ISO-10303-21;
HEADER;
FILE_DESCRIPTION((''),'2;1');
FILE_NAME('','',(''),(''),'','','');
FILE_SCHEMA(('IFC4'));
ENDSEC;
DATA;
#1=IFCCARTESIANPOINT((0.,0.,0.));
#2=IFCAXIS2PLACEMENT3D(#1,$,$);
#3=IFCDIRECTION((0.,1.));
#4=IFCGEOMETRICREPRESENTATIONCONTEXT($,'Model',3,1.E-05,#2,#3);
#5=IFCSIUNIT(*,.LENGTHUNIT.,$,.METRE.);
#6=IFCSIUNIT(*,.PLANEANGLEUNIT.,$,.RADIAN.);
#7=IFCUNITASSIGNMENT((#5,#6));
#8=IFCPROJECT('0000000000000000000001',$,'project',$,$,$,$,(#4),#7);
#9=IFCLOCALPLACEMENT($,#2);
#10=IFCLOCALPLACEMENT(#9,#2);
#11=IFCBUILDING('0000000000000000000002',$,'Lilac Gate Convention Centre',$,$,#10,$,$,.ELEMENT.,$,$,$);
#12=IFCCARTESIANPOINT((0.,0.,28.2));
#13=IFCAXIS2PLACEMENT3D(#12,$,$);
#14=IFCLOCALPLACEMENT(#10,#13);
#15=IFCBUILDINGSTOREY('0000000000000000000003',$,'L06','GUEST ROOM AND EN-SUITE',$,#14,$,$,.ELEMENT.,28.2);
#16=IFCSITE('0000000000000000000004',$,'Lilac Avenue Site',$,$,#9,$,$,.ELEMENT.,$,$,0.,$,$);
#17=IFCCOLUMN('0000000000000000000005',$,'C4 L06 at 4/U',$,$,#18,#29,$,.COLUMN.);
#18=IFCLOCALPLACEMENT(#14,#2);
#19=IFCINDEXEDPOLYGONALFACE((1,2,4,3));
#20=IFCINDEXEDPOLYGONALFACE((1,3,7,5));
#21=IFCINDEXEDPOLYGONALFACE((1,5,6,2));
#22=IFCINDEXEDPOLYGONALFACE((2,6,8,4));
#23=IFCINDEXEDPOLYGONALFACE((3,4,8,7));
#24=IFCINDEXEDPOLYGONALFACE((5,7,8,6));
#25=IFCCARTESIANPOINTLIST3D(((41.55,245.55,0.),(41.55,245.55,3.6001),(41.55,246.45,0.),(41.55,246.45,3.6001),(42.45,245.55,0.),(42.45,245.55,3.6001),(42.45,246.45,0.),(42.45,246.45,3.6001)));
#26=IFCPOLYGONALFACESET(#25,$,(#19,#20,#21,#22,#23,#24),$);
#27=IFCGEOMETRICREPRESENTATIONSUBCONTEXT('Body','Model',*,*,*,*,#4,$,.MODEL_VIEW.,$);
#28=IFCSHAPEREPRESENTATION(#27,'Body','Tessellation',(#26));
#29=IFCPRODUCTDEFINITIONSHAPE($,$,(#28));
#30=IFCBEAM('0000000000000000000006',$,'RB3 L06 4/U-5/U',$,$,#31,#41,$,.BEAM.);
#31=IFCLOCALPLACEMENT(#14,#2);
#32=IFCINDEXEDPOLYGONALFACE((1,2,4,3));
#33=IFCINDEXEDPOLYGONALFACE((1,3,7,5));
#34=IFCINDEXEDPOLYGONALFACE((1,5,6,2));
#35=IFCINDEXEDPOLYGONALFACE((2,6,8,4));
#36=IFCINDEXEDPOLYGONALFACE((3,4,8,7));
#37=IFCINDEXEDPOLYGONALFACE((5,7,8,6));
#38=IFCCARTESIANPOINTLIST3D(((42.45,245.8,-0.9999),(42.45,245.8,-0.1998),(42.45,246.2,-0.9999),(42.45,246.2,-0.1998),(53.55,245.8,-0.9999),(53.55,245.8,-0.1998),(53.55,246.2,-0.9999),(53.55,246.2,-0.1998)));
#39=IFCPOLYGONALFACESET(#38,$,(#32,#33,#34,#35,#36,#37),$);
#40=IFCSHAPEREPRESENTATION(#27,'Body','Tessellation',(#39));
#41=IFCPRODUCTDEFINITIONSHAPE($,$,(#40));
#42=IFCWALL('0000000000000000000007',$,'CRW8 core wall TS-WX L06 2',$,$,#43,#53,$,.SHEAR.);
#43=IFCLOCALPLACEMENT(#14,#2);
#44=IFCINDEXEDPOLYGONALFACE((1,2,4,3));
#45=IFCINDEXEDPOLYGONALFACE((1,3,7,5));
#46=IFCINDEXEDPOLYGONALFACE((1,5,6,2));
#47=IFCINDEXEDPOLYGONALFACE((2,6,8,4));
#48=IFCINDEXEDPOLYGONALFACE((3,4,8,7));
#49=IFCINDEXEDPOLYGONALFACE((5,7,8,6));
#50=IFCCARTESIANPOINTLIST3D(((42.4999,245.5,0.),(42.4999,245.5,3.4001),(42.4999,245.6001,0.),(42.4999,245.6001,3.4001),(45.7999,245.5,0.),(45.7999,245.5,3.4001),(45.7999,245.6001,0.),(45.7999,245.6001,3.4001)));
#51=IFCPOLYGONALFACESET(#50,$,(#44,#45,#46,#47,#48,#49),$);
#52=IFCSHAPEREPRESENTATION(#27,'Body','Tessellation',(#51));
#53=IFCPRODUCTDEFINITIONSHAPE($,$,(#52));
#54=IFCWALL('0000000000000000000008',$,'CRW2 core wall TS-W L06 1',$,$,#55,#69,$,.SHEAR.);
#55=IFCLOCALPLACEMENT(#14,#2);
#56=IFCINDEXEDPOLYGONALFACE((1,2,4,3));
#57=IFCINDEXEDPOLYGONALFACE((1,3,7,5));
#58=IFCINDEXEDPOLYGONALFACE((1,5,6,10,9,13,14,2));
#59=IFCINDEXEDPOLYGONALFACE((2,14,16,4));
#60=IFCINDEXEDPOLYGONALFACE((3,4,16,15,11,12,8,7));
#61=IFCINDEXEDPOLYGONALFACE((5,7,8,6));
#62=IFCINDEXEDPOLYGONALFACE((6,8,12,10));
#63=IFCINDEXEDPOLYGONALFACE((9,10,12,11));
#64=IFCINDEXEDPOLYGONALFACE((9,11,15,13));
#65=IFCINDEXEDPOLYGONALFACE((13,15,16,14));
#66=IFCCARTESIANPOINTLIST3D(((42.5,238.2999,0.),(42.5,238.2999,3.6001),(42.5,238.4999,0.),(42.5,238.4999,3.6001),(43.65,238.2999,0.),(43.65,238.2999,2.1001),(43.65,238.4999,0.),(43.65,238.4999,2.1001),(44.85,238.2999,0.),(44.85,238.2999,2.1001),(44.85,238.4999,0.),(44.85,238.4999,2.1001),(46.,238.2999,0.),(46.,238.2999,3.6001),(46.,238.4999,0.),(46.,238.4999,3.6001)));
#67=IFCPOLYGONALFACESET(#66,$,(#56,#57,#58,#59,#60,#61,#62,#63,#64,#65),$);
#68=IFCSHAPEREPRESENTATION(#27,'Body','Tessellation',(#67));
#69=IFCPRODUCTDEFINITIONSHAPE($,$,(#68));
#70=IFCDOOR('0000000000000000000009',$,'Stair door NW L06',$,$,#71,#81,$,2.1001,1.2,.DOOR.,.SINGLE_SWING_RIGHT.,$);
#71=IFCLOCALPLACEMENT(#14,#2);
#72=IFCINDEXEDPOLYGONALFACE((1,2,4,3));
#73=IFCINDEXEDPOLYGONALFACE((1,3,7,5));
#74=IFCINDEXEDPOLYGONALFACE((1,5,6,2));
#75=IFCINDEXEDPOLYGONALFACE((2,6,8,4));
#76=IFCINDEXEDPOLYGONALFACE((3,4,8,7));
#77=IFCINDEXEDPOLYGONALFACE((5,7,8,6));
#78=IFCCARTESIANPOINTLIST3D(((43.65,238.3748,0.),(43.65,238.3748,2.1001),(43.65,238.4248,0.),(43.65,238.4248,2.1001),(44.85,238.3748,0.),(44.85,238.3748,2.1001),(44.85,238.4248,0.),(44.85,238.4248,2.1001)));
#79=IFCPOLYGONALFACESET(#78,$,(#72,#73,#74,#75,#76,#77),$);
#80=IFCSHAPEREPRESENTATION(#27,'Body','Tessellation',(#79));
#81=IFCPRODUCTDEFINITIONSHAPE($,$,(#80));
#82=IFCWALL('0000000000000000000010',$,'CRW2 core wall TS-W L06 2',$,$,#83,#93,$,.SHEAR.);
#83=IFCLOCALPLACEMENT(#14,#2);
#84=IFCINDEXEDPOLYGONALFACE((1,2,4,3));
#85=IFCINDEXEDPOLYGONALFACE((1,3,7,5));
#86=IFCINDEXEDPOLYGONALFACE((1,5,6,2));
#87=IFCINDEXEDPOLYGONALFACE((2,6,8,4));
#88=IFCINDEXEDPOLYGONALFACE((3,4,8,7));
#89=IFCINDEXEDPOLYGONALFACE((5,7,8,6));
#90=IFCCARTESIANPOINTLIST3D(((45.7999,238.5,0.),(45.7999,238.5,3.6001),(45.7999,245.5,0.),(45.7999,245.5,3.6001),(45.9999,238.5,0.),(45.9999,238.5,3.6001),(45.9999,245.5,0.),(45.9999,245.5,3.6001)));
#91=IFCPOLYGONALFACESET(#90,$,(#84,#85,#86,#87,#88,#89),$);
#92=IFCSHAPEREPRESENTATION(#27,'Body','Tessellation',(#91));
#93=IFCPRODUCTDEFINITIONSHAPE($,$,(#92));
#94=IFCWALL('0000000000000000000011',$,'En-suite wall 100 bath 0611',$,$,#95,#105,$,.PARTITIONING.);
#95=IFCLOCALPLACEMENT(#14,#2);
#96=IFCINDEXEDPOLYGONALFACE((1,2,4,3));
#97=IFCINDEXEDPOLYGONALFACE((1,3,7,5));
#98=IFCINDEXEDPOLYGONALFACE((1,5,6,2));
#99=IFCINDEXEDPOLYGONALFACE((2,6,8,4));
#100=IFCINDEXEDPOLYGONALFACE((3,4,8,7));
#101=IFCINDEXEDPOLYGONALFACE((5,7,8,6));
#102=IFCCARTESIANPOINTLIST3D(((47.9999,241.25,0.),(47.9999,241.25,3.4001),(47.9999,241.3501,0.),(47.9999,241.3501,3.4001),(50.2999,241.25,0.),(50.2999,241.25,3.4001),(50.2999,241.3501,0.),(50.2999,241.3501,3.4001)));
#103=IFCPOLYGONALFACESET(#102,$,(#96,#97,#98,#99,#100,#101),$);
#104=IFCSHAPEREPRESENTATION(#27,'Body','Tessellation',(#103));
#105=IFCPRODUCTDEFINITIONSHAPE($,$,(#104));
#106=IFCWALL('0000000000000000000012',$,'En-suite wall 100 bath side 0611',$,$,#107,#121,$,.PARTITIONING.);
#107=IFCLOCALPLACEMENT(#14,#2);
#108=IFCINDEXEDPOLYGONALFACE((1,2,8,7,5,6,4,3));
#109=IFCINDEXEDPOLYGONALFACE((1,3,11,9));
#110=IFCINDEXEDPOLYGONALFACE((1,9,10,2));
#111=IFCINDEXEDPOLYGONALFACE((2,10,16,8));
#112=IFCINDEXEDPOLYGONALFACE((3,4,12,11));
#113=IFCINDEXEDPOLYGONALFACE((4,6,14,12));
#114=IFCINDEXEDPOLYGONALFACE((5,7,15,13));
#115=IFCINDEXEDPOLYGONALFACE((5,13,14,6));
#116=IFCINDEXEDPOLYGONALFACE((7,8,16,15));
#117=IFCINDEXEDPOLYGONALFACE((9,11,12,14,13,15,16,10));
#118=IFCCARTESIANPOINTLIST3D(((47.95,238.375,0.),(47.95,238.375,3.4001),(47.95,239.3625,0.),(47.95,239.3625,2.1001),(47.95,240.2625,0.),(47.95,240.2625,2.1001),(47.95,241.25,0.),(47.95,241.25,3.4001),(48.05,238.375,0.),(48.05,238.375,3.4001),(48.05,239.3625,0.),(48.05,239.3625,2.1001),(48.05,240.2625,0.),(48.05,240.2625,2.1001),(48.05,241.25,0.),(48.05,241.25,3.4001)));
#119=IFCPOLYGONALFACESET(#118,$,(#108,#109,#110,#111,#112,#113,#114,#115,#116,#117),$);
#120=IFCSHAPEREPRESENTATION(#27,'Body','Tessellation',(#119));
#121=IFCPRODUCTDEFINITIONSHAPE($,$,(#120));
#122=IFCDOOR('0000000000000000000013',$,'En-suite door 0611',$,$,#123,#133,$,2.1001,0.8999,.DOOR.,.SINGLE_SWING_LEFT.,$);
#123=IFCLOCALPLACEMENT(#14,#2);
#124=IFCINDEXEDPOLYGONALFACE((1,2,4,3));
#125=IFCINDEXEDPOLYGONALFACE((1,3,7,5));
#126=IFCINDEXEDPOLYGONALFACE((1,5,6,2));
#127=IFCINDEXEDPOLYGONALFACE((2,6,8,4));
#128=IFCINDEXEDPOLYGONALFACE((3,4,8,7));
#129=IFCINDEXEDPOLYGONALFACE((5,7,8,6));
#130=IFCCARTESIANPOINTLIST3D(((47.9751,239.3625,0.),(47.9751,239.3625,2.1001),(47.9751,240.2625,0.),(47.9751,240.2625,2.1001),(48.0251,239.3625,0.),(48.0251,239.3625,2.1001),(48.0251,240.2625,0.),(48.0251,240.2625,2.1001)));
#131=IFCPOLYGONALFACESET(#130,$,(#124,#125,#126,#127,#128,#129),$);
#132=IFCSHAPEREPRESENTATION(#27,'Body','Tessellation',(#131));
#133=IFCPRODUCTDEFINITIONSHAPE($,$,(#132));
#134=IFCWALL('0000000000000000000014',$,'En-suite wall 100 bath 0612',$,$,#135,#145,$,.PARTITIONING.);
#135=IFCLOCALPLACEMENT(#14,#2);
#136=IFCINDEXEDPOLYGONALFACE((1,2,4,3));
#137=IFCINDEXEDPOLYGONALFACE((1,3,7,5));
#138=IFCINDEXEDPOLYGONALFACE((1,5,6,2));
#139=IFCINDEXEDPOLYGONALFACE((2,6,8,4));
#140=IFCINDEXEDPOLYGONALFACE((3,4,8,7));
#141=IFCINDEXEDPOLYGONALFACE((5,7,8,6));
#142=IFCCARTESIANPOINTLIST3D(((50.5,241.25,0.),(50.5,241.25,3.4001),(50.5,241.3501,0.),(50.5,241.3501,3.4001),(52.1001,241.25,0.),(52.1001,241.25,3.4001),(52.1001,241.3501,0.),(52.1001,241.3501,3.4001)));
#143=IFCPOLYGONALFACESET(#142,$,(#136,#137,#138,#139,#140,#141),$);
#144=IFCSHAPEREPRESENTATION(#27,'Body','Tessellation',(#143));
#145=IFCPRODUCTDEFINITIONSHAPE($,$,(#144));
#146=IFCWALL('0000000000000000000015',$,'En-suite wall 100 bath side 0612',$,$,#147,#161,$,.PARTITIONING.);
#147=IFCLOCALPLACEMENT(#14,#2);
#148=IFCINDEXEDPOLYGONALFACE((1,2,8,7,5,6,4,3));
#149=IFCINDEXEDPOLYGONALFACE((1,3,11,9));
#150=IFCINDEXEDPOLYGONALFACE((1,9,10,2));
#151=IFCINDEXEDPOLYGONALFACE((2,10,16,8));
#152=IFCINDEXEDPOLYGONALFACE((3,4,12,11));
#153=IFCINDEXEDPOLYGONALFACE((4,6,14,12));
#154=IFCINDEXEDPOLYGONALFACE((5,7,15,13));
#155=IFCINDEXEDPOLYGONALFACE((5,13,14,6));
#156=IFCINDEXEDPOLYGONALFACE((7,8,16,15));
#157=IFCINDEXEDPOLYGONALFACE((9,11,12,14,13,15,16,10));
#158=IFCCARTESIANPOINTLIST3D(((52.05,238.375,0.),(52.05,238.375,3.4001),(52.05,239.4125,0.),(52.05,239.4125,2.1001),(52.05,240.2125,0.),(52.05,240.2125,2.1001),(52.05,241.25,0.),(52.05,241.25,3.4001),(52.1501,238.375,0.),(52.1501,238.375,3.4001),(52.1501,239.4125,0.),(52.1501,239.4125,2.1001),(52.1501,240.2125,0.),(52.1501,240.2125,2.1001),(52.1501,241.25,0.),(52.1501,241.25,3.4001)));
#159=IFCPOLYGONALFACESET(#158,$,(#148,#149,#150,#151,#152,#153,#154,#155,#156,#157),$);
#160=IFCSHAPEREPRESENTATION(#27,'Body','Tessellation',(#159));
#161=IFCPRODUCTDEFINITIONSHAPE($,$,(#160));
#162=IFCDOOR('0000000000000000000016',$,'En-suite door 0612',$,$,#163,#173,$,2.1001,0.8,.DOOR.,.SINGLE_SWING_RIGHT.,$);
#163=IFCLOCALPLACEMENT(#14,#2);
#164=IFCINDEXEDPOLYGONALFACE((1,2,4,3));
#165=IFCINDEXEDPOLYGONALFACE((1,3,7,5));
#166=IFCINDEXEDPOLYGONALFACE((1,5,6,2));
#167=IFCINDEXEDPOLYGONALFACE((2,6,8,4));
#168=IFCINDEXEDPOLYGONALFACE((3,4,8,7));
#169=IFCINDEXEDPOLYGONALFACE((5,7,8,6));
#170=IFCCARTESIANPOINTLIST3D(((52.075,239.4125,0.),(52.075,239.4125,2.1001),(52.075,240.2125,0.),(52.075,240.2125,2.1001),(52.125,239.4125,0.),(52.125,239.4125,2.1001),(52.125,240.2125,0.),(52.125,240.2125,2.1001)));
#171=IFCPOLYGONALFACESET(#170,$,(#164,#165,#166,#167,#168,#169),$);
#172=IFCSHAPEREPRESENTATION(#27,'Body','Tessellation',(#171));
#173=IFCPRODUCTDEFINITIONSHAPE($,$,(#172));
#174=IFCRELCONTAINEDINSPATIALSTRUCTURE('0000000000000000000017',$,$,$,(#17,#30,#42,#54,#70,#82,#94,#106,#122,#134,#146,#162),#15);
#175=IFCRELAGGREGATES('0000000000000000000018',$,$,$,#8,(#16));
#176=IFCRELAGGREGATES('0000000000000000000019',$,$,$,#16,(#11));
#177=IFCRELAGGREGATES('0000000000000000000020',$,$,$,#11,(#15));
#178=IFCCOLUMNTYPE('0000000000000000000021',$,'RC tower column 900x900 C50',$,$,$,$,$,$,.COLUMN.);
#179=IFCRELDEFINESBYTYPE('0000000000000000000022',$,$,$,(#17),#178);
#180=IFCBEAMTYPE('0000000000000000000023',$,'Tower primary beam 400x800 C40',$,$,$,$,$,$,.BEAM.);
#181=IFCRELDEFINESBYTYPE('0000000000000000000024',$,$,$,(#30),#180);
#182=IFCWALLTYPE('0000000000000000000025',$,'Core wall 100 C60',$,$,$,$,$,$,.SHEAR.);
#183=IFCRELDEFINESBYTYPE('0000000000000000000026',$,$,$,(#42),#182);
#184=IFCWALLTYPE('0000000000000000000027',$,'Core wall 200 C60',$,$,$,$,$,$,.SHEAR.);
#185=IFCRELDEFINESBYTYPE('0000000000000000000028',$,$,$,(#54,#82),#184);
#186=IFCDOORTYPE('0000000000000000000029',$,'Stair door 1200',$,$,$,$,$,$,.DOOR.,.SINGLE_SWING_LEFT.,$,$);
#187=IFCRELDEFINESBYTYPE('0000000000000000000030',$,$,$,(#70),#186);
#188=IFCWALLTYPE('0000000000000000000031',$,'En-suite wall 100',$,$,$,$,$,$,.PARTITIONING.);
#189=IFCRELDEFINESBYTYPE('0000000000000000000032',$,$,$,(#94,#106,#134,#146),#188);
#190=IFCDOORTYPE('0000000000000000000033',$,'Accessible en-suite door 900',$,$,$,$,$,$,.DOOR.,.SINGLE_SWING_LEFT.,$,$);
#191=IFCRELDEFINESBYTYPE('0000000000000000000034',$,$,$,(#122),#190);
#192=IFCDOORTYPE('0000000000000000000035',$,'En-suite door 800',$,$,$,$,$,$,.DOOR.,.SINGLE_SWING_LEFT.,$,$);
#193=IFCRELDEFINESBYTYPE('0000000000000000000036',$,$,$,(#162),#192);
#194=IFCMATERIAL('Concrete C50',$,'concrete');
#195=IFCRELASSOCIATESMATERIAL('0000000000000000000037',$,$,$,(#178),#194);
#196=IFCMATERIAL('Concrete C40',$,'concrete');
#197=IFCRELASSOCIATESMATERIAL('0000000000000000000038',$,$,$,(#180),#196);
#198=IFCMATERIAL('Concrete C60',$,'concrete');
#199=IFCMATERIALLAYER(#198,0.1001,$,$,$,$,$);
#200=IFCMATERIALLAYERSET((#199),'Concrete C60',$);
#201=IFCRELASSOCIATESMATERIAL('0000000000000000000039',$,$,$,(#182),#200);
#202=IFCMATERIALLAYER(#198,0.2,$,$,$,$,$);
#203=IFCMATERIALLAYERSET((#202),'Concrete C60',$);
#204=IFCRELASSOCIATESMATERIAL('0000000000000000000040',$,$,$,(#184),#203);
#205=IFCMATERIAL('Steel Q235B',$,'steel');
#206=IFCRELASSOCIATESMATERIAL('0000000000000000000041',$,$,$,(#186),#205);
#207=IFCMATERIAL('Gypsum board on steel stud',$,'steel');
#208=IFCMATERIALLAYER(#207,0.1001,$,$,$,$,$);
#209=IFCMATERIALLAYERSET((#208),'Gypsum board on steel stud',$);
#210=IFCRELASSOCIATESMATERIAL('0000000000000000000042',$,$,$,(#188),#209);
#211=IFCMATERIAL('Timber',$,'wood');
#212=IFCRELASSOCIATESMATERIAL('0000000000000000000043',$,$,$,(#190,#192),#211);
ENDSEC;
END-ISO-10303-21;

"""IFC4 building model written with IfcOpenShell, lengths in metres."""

from ifc_helpers import new_model, si_unit, direction, frame, frame_2d, origin, origin_2d, place, context, subcontext, project, spatial, rectangle, extrude, material, layer, layer_set, material_profile, profile_set, type_object, element, fill, save


model = new_model("IFC4")

# Units and contexts
model_context = context("Model", 3, precision=1e-05, world=origin(), true_north=direction((0.0, 1.0)))
body_context = subcontext(model_context, "Body", "Model", "MODEL_VIEW")
ifc_project = project(units=[si_unit("LENGTHUNIT", "METRE"), si_unit("PLANEANGLEUNIT", "RADIAN")], contexts=[model_context])

# Site, building, storey
site_placement = place(None, origin())
site = spatial("IfcSite", under=ifc_project, at=site_placement, Name="Lilac Avenue Site", CompositionType="ELEMENT", RefElevation=0.0)
building_placement = place(site_placement, origin())
building = spatial("IfcBuilding", under=site, at=building_placement, Name="Lilac Gate Convention Centre", CompositionType="ELEMENT")
storey_placement = place(building_placement, frame((0.0, 0.0, 28.2)))
storey = spatial("IfcBuildingStorey", under=building, at=storey_placement, Name="L06", Description="GUEST ROOM AND EN-SUITE", CompositionType="ELEMENT", Elevation=28.2)

# Column
ifc_material_1 = material(Name="Concrete C50", Category="concrete")
ifc_material_profile_1 = material_profile(ifc_material_1, rectangle(XDim=0.8999, YDim=0.8999, at=origin_2d()), Name="RC 900x900")
ifc_profile_set_1 = profile_set([ifc_material_profile_1], Name="Concrete C50")
column_type = type_object("IfcColumnType", Name="RC tower column 900x900 C50", PredefinedType="COLUMN", material=ifc_profile_set_1)
column_placement = place(storey_placement, frame((42.0, 246.0, 0.0), z_axis=(0.0, 0.0, 1.0), x_axis=(1.0, 0.0, 0.0)))
element("IfcColumn", 1, at=column_placement, inside=storey, type_object=column_type, Name="C4 L06 at 4/U", PredefinedType="COLUMN", context=body_context, shape_type="SweptSolid", body=[
    extrude(rectangle(XDim=0.8999, YDim=0.8999, at=origin_2d()), origin(), (0.0, 0.0, 1.0), 3.6001),
])

# Beam
ifc_material_2 = material(Name="Concrete C40", Category="concrete")
ifc_material_profile_2 = material_profile(ifc_material_2, rectangle(XDim=0.3999, YDim=0.8, at=origin_2d()), Name="RC 400x800")
ifc_profile_set_2 = profile_set([ifc_material_profile_2], Name="Concrete C40")
beam_type = type_object("IfcBeamType", Name="Tower primary beam 400x800 C40", PredefinedType="BEAM", material=ifc_profile_set_2)
beam_placement = place(storey_placement, frame((42.45, 246.0, -0.5999), z_axis=(1.0, 0.0, 0.0), x_axis=(0.0, 1.0, 0.0)))
element("IfcBeam", 2, at=beam_placement, inside=storey, type_object=beam_type, Name="RB3 L06 4/U-5/U", PredefinedType="BEAM", context=body_context, shape_type="SweptSolid", body=[
    extrude(rectangle(XDim=0.3999, YDim=0.8, at=origin_2d()), origin(), (0.0, 0.0, 1.0), 11.1001),
])

# Wall
ifc_material_3 = material(Name="Concrete C60", Category="concrete")
ifc_layer_1 = layer(ifc_material_3, 0.1001)
ifc_layer_set_1 = layer_set([ifc_layer_1], Name="Concrete C60")
wall_type_1 = type_object("IfcWallType", Name="Core wall 100 C60", PredefinedType="SHEAR", material=ifc_layer_set_1)
wall_1_placement = place(storey_placement, frame((42.5, 245.55, 0.0), z_axis=(0.0, 0.0, 1.0), x_axis=(1.0, 0.0, 0.0)))
element("IfcWall", 3, at=wall_1_placement, inside=storey, type_object=wall_type_1, Name="CRW8 core wall TS-WX L06 2", PredefinedType="SHEAR", context=body_context, shape_type="SweptSolid", body=[
    extrude(rectangle(XDim=3.3, YDim=0.1001, at=frame_2d((1.6499, 0.0))), origin(), (0.0, 0.0, 1.0), 3.4001),
])

# Wall, opening, door
ifc_layer_2 = layer(ifc_material_3, 0.2)
ifc_layer_set_2 = layer_set([ifc_layer_2], Name="Concrete C60")
wall_type_2 = type_object("IfcWallType", Name="Core wall 200 C60", PredefinedType="SHEAR", material=ifc_layer_set_2)
wall_2_placement = place(storey_placement, frame((42.5, 238.3999, 0.0), z_axis=(0.0, 0.0, 1.0), x_axis=(1.0, 0.0, 0.0)))
wall_2 = element("IfcWall", 4, at=wall_2_placement, inside=storey, type_object=wall_type_2, Name="CRW2 core wall TS-W L06 1", PredefinedType="SHEAR", context=body_context, shape_type="SweptSolid", body=[
    extrude(rectangle(XDim=3.5, YDim=0.2, at=frame_2d((1.75, 0.0))), origin(), (0.0, 0.0, 1.0), 3.6001),
])
opening_1_placement = place(wall_2_placement, frame((1.1499, 0.0, 0.0)))
opening_1 = element("IfcOpeningElement", 5, at=opening_1_placement, cuts=wall_2, PredefinedType="OPENING", context=body_context, shape_type="SweptSolid", body=[
    extrude(rectangle(XDim=1.2, YDim=2.1001, at=frame_2d((0.6001, 1.05))), frame((0.0, 0.1099, 0.0), z_axis=(0.0, -1.0, 0.0), x_axis=(1.0, 0.0, 0.0)), (0.0, 0.0, 1.0), 0.22),
])
ifc_material_4 = material(Name="Steel Q235B", Category="steel")
door_type_1 = type_object("IfcDoorType", Name="Stair door 1200", OperationType="SINGLE_SWING_LEFT", PredefinedType="DOOR", material=ifc_material_4)
door_1_placement = place(opening_1_placement, origin())
door_1 = element("IfcDoor", 6, at=door_1_placement, inside=storey, type_object=door_type_1, Name="Stair door NW L06", OperationType="SINGLE_SWING_RIGHT", OverallHeight=2.1001, OverallWidth=1.2, PredefinedType="DOOR", context=body_context, shape_type="SweptSolid", body=[
    extrude(rectangle(XDim=1.2, YDim=2.1001, at=frame_2d((0.6001, 1.05))), frame((0.0, 0.0249, 0.0), z_axis=(0.0, -1.0, 0.0), x_axis=(1.0, 0.0, 0.0)), (0.0, 0.0, 1.0), 0.05),
])
fill(opening_1, door_1)

# Walls
wall_3_placement = place(storey_placement, frame((45.8999, 238.5, 0.0), z_axis=(0.0, 0.0, 1.0), x_axis=(0.0, 1.0, 0.0)))
element("IfcWall", 7, at=wall_3_placement, inside=storey, type_object=wall_type_2, Name="CRW2 core wall TS-W L06 2", PredefinedType="SHEAR", context=body_context, shape_type="SweptSolid", body=[
    extrude(rectangle(XDim=7.0, YDim=0.2, at=frame_2d((3.5, 0.0))), origin(), (0.0, 0.0, 1.0), 3.6001),
])
ifc_material_5 = material(Name="Gypsum board on steel stud", Category="steel")
ifc_layer_3 = layer(ifc_material_5, 0.1001)
ifc_layer_set_3 = layer_set([ifc_layer_3], Name="Gypsum board on steel stud")
wall_type_3 = type_object("IfcWallType", Name="En-suite wall 100", PredefinedType="PARTITIONING", material=ifc_layer_set_3)
wall_4_placement = place(storey_placement, frame((48.0, 241.3, 0.0), z_axis=(0.0, 0.0, 1.0), x_axis=(1.0, 0.0, 0.0)))
element("IfcWall", 8, at=wall_4_placement, inside=storey, type_object=wall_type_3, Name="En-suite wall 100 bath 0611", PredefinedType="PARTITIONING", context=body_context, shape_type="SweptSolid", body=[
    extrude(rectangle(XDim=2.3, YDim=0.1001, at=frame_2d((1.1499, 0.0))), origin(), (0.0, 0.0, 1.0), 3.4001),
])

# Wall, opening, door
wall_5_placement = place(storey_placement, frame((48.0, 238.375, 0.0), z_axis=(0.0, 0.0, 1.0), x_axis=(0.0, 1.0, 0.0)))
wall_5 = element("IfcWall", 9, at=wall_5_placement, inside=storey, type_object=wall_type_3, Name="En-suite wall 100 bath side 0611", PredefinedType="PARTITIONING", context=body_context, shape_type="SweptSolid", body=[
    extrude(rectangle(XDim=2.875, YDim=0.1001, at=frame_2d((1.4375, 0.0))), origin(), (0.0, 0.0, 1.0), 3.4001),
])
opening_2_placement = place(wall_5_placement, frame((0.9875, 0.0, 0.0)))
opening_2 = element("IfcOpeningElement", 10, at=opening_2_placement, cuts=wall_5, PredefinedType="OPENING", context=body_context, shape_type="SweptSolid", body=[
    extrude(rectangle(XDim=0.8999, YDim=2.1001, at=frame_2d((0.45, 1.05))), frame((0.0, 0.0601, 0.0), z_axis=(0.0, -1.0, 0.0), x_axis=(1.0, 0.0, 0.0)), (0.0, 0.0, 1.0), 0.1201),
])
ifc_material_6 = material(Name="Timber", Category="wood")
door_type_2 = type_object("IfcDoorType", Name="Accessible en-suite door 900", OperationType="SINGLE_SWING_LEFT", PredefinedType="DOOR", material=ifc_material_6)
door_2_placement = place(opening_2_placement, origin())
door_2 = element("IfcDoor", 11, at=door_2_placement, inside=storey, type_object=door_type_2, Name="En-suite door 0611", OperationType="SINGLE_SWING_LEFT", OverallHeight=2.1001, OverallWidth=0.8999, PredefinedType="DOOR", context=body_context, shape_type="SweptSolid", body=[
    extrude(rectangle(XDim=0.8999, YDim=2.1001, at=frame_2d((0.45, 1.05))), frame((0.0, 0.0249, 0.0), z_axis=(0.0, -1.0, 0.0), x_axis=(1.0, 0.0, 0.0)), (0.0, 0.0, 1.0), 0.05),
])
fill(opening_2, door_2)

# Wall
wall_6_placement = place(storey_placement, frame((50.5, 241.3, 0.0), z_axis=(0.0, 0.0, 1.0), x_axis=(1.0, 0.0, 0.0)))
element("IfcWall", 12, at=wall_6_placement, inside=storey, type_object=wall_type_3, Name="En-suite wall 100 bath 0612", PredefinedType="PARTITIONING", context=body_context, shape_type="SweptSolid", body=[
    extrude(rectangle(XDim=1.6001, YDim=0.1001, at=frame_2d((0.8, 0.0))), origin(), (0.0, 0.0, 1.0), 3.4001),
])

# Wall, opening, door
wall_7_placement = place(storey_placement, frame((52.1001, 241.25, 0.0), z_axis=(0.0, 0.0, 1.0), x_axis=(0.0, -1.0, 0.0)))
wall_7 = element("IfcWall", 13, at=wall_7_placement, inside=storey, type_object=wall_type_3, Name="En-suite wall 100 bath side 0612", PredefinedType="PARTITIONING", context=body_context, shape_type="SweptSolid", body=[
    extrude(rectangle(XDim=2.875, YDim=0.1001, at=frame_2d((1.4375, 0.0))), origin(), (0.0, 0.0, 1.0), 3.4001),
])
opening_3_placement = place(wall_7_placement, frame((1.0376, 0.0, 0.0)))
opening_3 = element("IfcOpeningElement", 14, at=opening_3_placement, cuts=wall_7, PredefinedType="OPENING", context=body_context, shape_type="SweptSolid", body=[
    extrude(rectangle(XDim=0.8, YDim=2.1001, at=frame_2d((0.3999, 1.05))), frame((0.0, 0.0601, 0.0), z_axis=(0.0, -1.0, 0.0), x_axis=(1.0, 0.0, 0.0)), (0.0, 0.0, 1.0), 0.1201),
])
door_type_3 = type_object("IfcDoorType", Name="En-suite door 800", OperationType="SINGLE_SWING_LEFT", PredefinedType="DOOR", material=ifc_material_6)
door_3_placement = place(opening_3_placement, origin())
door_3 = element("IfcDoor", 15, at=door_3_placement, inside=storey, type_object=door_type_3, Name="En-suite door 0612", OperationType="SINGLE_SWING_RIGHT", OverallHeight=2.1001, OverallWidth=0.8, PredefinedType="DOOR", context=body_context, shape_type="SweptSolid", body=[
    extrude(rectangle(XDim=0.8, YDim=2.1001, at=frame_2d((0.3999, 1.05))), frame((0.0, 0.0249, 0.0), z_axis=(0.0, -1.0, 0.0), x_axis=(1.0, 0.0, 0.0)), (0.0, 0.0, 1.0), 0.05),
])
fill(opening_3, door_3)

save(model, "model.ifc")
